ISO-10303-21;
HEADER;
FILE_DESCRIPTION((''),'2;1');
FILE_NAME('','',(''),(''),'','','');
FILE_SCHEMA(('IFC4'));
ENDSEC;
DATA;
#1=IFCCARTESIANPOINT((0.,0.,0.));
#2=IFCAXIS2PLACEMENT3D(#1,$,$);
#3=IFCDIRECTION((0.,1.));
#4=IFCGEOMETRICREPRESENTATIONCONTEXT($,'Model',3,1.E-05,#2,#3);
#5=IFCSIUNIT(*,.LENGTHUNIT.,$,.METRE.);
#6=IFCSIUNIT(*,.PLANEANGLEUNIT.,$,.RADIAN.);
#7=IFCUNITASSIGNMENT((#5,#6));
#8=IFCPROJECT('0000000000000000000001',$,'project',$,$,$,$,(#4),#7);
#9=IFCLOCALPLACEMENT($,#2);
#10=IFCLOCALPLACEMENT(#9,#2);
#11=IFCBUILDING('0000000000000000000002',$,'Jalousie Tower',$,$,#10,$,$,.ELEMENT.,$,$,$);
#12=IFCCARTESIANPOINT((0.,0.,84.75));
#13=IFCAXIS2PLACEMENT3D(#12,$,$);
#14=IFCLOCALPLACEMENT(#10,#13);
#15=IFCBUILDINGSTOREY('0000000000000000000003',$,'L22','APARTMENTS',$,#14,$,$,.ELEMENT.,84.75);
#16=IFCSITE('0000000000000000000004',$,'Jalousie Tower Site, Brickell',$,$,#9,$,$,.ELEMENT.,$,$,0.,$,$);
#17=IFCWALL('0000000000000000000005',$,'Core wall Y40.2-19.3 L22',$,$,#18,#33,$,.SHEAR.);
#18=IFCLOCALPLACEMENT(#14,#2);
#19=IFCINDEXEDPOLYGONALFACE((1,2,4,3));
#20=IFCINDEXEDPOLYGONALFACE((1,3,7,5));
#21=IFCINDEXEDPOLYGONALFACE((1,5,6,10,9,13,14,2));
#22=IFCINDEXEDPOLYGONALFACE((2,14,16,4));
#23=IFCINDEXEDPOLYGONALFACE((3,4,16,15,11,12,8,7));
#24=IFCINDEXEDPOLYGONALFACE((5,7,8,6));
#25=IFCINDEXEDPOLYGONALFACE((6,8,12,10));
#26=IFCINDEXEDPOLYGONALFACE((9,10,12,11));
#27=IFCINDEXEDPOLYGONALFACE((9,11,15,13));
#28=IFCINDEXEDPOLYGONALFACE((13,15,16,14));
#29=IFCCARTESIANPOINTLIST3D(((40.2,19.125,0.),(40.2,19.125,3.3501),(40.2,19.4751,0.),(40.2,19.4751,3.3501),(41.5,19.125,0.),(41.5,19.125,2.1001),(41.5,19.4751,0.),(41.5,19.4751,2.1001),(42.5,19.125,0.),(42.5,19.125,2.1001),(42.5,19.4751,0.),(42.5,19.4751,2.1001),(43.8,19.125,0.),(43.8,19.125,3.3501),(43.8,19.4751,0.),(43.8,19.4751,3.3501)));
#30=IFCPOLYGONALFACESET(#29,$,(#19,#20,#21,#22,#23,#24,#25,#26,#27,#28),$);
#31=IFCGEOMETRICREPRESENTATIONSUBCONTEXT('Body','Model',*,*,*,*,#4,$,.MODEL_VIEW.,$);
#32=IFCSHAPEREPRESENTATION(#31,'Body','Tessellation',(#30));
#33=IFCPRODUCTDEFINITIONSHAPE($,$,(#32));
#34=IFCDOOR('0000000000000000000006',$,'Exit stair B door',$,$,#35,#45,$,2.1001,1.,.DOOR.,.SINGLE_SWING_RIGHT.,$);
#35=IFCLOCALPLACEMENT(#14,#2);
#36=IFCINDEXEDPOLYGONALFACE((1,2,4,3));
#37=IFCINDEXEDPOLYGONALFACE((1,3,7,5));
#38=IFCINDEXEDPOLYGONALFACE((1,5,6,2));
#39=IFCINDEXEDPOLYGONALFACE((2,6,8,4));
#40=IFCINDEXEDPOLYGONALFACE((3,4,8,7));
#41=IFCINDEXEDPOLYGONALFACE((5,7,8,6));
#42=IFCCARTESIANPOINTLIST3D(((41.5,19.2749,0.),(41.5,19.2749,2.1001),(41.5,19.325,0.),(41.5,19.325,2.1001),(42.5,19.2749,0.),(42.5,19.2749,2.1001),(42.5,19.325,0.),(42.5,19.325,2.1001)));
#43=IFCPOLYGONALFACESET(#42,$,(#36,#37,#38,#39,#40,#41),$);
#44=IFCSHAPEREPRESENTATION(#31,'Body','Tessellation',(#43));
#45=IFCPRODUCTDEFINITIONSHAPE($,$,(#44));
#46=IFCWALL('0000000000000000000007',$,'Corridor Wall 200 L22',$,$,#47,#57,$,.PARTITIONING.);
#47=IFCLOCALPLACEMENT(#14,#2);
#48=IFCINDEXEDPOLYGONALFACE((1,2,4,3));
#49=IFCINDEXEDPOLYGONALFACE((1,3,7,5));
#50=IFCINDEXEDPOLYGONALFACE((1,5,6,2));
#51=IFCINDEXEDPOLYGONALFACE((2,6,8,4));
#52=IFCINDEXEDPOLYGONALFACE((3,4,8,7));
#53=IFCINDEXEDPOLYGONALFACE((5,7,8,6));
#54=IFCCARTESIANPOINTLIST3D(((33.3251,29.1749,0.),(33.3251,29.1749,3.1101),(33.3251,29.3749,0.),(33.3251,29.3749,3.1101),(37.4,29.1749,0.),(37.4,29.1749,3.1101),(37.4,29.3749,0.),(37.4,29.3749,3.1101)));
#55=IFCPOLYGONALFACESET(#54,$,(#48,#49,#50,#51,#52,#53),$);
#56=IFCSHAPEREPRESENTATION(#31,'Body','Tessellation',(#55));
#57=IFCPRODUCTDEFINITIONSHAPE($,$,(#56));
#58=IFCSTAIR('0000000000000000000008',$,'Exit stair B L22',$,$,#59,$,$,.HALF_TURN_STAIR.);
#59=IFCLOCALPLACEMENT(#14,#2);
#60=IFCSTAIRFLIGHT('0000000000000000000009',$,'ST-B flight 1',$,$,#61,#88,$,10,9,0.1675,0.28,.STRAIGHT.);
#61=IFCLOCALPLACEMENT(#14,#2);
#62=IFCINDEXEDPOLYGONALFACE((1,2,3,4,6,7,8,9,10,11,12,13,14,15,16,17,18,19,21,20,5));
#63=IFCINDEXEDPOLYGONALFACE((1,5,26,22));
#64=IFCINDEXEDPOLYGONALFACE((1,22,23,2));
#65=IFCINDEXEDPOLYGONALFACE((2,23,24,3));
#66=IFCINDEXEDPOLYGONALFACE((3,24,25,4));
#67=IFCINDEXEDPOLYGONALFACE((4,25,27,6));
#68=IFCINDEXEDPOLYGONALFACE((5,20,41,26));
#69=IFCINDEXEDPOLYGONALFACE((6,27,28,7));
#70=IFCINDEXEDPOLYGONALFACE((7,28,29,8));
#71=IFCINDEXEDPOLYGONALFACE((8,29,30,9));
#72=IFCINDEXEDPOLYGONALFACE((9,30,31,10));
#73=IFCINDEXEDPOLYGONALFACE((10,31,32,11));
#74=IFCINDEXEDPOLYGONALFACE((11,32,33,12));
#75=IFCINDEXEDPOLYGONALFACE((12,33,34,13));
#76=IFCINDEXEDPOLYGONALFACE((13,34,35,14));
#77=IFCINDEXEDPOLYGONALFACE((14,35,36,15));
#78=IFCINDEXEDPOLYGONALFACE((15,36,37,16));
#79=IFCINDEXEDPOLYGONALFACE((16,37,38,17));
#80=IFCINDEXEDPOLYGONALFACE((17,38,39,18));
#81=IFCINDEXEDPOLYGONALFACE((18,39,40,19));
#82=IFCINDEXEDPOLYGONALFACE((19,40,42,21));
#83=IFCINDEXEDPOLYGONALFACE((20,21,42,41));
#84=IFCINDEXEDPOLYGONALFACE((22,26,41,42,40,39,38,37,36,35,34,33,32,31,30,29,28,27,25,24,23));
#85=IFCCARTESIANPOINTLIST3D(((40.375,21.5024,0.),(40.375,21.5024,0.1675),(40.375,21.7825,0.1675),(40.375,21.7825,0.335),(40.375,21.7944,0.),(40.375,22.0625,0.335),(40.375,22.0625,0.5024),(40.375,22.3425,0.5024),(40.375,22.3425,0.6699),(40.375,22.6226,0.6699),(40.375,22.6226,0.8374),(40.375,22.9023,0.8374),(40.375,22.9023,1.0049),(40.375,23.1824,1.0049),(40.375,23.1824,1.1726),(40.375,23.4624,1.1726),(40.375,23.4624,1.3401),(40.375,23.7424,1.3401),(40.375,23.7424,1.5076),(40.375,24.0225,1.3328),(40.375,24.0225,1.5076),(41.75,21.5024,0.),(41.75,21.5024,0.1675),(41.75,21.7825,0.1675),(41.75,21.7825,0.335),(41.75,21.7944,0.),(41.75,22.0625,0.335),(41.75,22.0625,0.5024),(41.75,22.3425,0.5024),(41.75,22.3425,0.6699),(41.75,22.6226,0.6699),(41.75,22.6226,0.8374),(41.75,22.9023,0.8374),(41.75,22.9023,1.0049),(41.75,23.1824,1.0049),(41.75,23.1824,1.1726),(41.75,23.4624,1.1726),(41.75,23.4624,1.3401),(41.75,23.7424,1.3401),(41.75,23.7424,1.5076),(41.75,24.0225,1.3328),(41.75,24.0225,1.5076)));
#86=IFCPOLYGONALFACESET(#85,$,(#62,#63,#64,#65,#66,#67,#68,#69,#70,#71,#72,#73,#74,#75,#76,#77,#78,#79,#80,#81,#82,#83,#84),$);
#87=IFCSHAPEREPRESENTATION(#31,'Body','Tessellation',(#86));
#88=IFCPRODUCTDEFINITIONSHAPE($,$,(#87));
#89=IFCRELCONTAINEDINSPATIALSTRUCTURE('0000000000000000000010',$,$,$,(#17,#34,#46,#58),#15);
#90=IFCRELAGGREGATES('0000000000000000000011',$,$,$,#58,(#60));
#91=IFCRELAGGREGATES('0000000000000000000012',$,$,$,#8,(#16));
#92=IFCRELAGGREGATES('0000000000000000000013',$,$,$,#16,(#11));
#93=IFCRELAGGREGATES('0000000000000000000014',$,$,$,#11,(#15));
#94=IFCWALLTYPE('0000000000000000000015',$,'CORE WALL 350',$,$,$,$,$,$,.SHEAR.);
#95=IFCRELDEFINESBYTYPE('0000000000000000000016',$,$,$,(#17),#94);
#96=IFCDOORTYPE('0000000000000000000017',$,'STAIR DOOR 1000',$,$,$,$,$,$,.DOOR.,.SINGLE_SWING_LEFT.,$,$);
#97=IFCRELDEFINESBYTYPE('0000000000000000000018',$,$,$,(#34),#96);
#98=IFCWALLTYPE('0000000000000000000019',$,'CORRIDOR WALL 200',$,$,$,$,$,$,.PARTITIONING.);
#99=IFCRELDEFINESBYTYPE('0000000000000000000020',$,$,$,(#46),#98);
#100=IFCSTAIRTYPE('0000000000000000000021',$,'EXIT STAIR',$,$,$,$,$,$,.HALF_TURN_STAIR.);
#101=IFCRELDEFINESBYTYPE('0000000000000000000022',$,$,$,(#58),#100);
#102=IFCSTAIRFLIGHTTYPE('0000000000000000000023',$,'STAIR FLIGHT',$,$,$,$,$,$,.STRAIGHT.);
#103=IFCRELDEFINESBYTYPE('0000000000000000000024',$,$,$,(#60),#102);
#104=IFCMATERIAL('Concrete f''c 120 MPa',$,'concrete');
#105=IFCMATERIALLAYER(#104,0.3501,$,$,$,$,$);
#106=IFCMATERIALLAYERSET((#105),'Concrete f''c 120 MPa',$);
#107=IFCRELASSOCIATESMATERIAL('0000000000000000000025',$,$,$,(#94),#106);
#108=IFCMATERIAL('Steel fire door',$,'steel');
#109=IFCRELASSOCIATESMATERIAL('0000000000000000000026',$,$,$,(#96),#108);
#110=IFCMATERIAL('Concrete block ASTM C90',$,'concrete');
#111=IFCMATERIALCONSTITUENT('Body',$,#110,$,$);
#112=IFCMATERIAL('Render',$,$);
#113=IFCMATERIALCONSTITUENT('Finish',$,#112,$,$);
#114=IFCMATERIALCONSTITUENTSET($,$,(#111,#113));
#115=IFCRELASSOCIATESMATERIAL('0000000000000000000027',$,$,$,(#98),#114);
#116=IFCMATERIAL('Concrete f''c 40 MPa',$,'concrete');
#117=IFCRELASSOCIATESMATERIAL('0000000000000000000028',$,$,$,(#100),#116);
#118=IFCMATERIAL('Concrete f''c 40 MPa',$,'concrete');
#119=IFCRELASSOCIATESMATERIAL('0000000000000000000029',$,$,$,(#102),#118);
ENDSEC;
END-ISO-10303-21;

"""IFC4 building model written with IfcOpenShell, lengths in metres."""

from ifc_helpers import new_model, si_unit, direction, frame, frame_2d, origin, place, context, subcontext, project, spatial, polyline, rectangle, outline, extrude, material, layer, layer_set, constituent, constituent_set, type_object, element, fill, aggregate, save


model = new_model("IFC4")

# Units and contexts
model_context = context("Model", 3, precision=1e-05, world=origin(), true_north=direction((0.0, 1.0)))
body_context = subcontext(model_context, "Body", "Model", "MODEL_VIEW")
ifc_project = project(units=[si_unit("LENGTHUNIT", "METRE"), si_unit("PLANEANGLEUNIT", "RADIAN")], contexts=[model_context])

# Site, building, storey
site_placement = place(None, origin())
site = spatial("IfcSite", under=ifc_project, at=site_placement, Name="Jalousie Tower Site, Brickell", CompositionType="ELEMENT", RefElevation=0.0)
building_placement = place(site_placement, origin())
building = spatial("IfcBuilding", under=site, at=building_placement, Name="Jalousie Tower", CompositionType="ELEMENT")
storey_placement = place(building_placement, frame((0.0, 0.0, 84.75)))
storey = spatial("IfcBuildingStorey", under=building, at=storey_placement, Name="L22", Description="APARTMENTS", CompositionType="ELEMENT", Elevation=84.75)

# Shared definitions
ifc_material_1 = material(Name="Concrete f'c 120 MPa", Category="concrete")
ifc_layer_1 = layer(ifc_material_1, 0.3501)
ifc_layer_set_1 = layer_set([ifc_layer_1], Name="Concrete f'c 120 MPa")
wall_type_1 = type_object("IfcWallType", Name="CORE WALL 350", PredefinedType="SHEAR", material=ifc_layer_set_1)

# Wall, opening, door
wall_1_placement = place(storey_placement, frame((40.2, 19.3, 0.0), z_axis=(0.0, 0.0, 1.0), x_axis=(1.0, 0.0, 0.0)))
wall_1 = element("IfcWall", 1, at=wall_1_placement, inside=storey, type_object=wall_type_1, Name="Core wall Y40.2-19.3 L22", PredefinedType="SHEAR", context=body_context, shape_type="SweptSolid", body=[
    extrude(rectangle(XDim=3.6001, YDim=0.3501, at=frame_2d((1.8, 0.0))), origin(), (0.0, 0.0, 1.0), 3.3501),
])
opening_1_placement = place(wall_1_placement, frame((1.3, 0.0, 0.0)))
opening_1 = element("IfcOpeningElement", 2, at=opening_1_placement, cuts=wall_1, PredefinedType="OPENING", context=body_context, shape_type="SweptSolid", body=[
    extrude(rectangle(XDim=1.0, YDim=2.1001, at=frame_2d((0.5, 1.05))), frame((0.0, 0.1851, 0.0), z_axis=(0.0, -1.0, 0.0), x_axis=(1.0, 0.0, 0.0)), (0.0, 0.0, 1.0), 0.3701),
])
ifc_material_2 = material(Name="Steel fire door", Category="steel")
door_type_1 = type_object("IfcDoorType", Name="STAIR DOOR 1000", OperationType="SINGLE_SWING_LEFT", PredefinedType="DOOR", material=ifc_material_2)
door_1_placement = place(opening_1_placement, origin())
door_1 = element("IfcDoor", 3, at=door_1_placement, inside=storey, type_object=door_type_1, Name="Exit stair B door", OperationType="SINGLE_SWING_RIGHT", OverallHeight=2.1001, OverallWidth=1.0, PredefinedType="DOOR", context=body_context, shape_type="SweptSolid", body=[
    extrude(rectangle(XDim=1.0, YDim=2.1001, at=frame_2d((0.5, 1.05))), frame((0.0, 0.0249, 0.0), z_axis=(0.0, -1.0, 0.0), x_axis=(1.0, 0.0, 0.0)), (0.0, 0.0, 1.0), 0.05),
])
fill(opening_1, door_1)

# Wall
ifc_material_3 = material(Name="Concrete block ASTM C90", Category="concrete")
ifc_constituent_1 = constituent(ifc_material_3, Name="Body")
ifc_material_4 = material(Name="Render")
ifc_constituent_2 = constituent(ifc_material_4, Name="Finish")
ifc_constituent_set_1 = constituent_set(constituents=[ifc_constituent_1, ifc_constituent_2])
wall_type_2 = type_object("IfcWallType", Name="CORRIDOR WALL 200", PredefinedType="PARTITIONING", material=ifc_constituent_set_1)
wall_2_placement = place(storey_placement, frame((33.325, 29.2749, 0.0), z_axis=(0.0, 0.0, 1.0), x_axis=(1.0, 0.0, 0.0)))
element("IfcWall", 4, at=wall_2_placement, inside=storey, type_object=wall_type_2, Name="Corridor Wall 200 L22", PredefinedType="PARTITIONING", context=body_context, shape_type="SweptSolid", body=[
    extrude(rectangle(XDim=4.075, YDim=0.2, at=frame_2d((2.0376, 0.0))), origin(), (0.0, 0.0, 1.0), 3.1101),
])

# Stair, stair flight
ifc_material_5 = material(Name="Concrete f'c 40 MPa", Category="concrete")
stair_type = type_object("IfcStairType", Name="EXIT STAIR", PredefinedType="HALF_TURN_STAIR", material=ifc_material_5)
stair_placement = place(storey_placement, origin())
stair = element("IfcStair", 5, at=stair_placement, inside=storey, type_object=stair_type, Name="Exit stair B L22", PredefinedType="HALF_TURN_STAIR")
ifc_material_6 = material(Name="Concrete f'c 40 MPa", Category="concrete")
stair_flight_type = type_object("IfcStairFlightType", Name="STAIR FLIGHT", PredefinedType="STRAIGHT", material=ifc_material_6)
stair_flight_placement = place(storey_placement, frame((41.0625, 21.5024, 0.0), z_axis=(0.0, 0.0, 1.0), x_axis=(0.0, 1.0, 0.0)))
stair_flight = element("IfcStairFlight", 6, at=stair_flight_placement, type_object=stair_flight_type, Name="ST-B flight 1", NumberOfRisers=10, NumberOfTreads=9, PredefinedType="STRAIGHT", RiserHeight=0.1675, TreadLength=0.28, context=body_context, shape_type="SweptSolid", body=[
    extrude(outline(polyline([(0.0, 0.0), (0.0, 0.1675), (0.28, 0.1675), (0.28, 0.335), (0.5601, 0.335), (0.5601, 0.5024), (0.8401, 0.5024), (0.8401, 0.6699), (1.1201, 0.6699), (1.1201, 0.8374), (1.3999, 0.8374), (1.3999, 1.0049), (1.6799, 1.0049), (1.6799, 1.1726), (1.96, 1.1726), (1.96, 1.3401), (2.24, 1.3401), (2.24, 1.5076), (2.52, 1.5076), (2.52, 1.675), (2.52, 1.3328), (0.292, 0.0), (0.0, 0.0)])), frame((0.0, 0.6875, 0.0), z_axis=(0.0, -1.0, 0.0), x_axis=(1.0, 0.0, 0.0)), (0.0, 0.0, 1.0), 1.375),
])
aggregate(stair, [stair_flight])

save(model, "model.ifc")
